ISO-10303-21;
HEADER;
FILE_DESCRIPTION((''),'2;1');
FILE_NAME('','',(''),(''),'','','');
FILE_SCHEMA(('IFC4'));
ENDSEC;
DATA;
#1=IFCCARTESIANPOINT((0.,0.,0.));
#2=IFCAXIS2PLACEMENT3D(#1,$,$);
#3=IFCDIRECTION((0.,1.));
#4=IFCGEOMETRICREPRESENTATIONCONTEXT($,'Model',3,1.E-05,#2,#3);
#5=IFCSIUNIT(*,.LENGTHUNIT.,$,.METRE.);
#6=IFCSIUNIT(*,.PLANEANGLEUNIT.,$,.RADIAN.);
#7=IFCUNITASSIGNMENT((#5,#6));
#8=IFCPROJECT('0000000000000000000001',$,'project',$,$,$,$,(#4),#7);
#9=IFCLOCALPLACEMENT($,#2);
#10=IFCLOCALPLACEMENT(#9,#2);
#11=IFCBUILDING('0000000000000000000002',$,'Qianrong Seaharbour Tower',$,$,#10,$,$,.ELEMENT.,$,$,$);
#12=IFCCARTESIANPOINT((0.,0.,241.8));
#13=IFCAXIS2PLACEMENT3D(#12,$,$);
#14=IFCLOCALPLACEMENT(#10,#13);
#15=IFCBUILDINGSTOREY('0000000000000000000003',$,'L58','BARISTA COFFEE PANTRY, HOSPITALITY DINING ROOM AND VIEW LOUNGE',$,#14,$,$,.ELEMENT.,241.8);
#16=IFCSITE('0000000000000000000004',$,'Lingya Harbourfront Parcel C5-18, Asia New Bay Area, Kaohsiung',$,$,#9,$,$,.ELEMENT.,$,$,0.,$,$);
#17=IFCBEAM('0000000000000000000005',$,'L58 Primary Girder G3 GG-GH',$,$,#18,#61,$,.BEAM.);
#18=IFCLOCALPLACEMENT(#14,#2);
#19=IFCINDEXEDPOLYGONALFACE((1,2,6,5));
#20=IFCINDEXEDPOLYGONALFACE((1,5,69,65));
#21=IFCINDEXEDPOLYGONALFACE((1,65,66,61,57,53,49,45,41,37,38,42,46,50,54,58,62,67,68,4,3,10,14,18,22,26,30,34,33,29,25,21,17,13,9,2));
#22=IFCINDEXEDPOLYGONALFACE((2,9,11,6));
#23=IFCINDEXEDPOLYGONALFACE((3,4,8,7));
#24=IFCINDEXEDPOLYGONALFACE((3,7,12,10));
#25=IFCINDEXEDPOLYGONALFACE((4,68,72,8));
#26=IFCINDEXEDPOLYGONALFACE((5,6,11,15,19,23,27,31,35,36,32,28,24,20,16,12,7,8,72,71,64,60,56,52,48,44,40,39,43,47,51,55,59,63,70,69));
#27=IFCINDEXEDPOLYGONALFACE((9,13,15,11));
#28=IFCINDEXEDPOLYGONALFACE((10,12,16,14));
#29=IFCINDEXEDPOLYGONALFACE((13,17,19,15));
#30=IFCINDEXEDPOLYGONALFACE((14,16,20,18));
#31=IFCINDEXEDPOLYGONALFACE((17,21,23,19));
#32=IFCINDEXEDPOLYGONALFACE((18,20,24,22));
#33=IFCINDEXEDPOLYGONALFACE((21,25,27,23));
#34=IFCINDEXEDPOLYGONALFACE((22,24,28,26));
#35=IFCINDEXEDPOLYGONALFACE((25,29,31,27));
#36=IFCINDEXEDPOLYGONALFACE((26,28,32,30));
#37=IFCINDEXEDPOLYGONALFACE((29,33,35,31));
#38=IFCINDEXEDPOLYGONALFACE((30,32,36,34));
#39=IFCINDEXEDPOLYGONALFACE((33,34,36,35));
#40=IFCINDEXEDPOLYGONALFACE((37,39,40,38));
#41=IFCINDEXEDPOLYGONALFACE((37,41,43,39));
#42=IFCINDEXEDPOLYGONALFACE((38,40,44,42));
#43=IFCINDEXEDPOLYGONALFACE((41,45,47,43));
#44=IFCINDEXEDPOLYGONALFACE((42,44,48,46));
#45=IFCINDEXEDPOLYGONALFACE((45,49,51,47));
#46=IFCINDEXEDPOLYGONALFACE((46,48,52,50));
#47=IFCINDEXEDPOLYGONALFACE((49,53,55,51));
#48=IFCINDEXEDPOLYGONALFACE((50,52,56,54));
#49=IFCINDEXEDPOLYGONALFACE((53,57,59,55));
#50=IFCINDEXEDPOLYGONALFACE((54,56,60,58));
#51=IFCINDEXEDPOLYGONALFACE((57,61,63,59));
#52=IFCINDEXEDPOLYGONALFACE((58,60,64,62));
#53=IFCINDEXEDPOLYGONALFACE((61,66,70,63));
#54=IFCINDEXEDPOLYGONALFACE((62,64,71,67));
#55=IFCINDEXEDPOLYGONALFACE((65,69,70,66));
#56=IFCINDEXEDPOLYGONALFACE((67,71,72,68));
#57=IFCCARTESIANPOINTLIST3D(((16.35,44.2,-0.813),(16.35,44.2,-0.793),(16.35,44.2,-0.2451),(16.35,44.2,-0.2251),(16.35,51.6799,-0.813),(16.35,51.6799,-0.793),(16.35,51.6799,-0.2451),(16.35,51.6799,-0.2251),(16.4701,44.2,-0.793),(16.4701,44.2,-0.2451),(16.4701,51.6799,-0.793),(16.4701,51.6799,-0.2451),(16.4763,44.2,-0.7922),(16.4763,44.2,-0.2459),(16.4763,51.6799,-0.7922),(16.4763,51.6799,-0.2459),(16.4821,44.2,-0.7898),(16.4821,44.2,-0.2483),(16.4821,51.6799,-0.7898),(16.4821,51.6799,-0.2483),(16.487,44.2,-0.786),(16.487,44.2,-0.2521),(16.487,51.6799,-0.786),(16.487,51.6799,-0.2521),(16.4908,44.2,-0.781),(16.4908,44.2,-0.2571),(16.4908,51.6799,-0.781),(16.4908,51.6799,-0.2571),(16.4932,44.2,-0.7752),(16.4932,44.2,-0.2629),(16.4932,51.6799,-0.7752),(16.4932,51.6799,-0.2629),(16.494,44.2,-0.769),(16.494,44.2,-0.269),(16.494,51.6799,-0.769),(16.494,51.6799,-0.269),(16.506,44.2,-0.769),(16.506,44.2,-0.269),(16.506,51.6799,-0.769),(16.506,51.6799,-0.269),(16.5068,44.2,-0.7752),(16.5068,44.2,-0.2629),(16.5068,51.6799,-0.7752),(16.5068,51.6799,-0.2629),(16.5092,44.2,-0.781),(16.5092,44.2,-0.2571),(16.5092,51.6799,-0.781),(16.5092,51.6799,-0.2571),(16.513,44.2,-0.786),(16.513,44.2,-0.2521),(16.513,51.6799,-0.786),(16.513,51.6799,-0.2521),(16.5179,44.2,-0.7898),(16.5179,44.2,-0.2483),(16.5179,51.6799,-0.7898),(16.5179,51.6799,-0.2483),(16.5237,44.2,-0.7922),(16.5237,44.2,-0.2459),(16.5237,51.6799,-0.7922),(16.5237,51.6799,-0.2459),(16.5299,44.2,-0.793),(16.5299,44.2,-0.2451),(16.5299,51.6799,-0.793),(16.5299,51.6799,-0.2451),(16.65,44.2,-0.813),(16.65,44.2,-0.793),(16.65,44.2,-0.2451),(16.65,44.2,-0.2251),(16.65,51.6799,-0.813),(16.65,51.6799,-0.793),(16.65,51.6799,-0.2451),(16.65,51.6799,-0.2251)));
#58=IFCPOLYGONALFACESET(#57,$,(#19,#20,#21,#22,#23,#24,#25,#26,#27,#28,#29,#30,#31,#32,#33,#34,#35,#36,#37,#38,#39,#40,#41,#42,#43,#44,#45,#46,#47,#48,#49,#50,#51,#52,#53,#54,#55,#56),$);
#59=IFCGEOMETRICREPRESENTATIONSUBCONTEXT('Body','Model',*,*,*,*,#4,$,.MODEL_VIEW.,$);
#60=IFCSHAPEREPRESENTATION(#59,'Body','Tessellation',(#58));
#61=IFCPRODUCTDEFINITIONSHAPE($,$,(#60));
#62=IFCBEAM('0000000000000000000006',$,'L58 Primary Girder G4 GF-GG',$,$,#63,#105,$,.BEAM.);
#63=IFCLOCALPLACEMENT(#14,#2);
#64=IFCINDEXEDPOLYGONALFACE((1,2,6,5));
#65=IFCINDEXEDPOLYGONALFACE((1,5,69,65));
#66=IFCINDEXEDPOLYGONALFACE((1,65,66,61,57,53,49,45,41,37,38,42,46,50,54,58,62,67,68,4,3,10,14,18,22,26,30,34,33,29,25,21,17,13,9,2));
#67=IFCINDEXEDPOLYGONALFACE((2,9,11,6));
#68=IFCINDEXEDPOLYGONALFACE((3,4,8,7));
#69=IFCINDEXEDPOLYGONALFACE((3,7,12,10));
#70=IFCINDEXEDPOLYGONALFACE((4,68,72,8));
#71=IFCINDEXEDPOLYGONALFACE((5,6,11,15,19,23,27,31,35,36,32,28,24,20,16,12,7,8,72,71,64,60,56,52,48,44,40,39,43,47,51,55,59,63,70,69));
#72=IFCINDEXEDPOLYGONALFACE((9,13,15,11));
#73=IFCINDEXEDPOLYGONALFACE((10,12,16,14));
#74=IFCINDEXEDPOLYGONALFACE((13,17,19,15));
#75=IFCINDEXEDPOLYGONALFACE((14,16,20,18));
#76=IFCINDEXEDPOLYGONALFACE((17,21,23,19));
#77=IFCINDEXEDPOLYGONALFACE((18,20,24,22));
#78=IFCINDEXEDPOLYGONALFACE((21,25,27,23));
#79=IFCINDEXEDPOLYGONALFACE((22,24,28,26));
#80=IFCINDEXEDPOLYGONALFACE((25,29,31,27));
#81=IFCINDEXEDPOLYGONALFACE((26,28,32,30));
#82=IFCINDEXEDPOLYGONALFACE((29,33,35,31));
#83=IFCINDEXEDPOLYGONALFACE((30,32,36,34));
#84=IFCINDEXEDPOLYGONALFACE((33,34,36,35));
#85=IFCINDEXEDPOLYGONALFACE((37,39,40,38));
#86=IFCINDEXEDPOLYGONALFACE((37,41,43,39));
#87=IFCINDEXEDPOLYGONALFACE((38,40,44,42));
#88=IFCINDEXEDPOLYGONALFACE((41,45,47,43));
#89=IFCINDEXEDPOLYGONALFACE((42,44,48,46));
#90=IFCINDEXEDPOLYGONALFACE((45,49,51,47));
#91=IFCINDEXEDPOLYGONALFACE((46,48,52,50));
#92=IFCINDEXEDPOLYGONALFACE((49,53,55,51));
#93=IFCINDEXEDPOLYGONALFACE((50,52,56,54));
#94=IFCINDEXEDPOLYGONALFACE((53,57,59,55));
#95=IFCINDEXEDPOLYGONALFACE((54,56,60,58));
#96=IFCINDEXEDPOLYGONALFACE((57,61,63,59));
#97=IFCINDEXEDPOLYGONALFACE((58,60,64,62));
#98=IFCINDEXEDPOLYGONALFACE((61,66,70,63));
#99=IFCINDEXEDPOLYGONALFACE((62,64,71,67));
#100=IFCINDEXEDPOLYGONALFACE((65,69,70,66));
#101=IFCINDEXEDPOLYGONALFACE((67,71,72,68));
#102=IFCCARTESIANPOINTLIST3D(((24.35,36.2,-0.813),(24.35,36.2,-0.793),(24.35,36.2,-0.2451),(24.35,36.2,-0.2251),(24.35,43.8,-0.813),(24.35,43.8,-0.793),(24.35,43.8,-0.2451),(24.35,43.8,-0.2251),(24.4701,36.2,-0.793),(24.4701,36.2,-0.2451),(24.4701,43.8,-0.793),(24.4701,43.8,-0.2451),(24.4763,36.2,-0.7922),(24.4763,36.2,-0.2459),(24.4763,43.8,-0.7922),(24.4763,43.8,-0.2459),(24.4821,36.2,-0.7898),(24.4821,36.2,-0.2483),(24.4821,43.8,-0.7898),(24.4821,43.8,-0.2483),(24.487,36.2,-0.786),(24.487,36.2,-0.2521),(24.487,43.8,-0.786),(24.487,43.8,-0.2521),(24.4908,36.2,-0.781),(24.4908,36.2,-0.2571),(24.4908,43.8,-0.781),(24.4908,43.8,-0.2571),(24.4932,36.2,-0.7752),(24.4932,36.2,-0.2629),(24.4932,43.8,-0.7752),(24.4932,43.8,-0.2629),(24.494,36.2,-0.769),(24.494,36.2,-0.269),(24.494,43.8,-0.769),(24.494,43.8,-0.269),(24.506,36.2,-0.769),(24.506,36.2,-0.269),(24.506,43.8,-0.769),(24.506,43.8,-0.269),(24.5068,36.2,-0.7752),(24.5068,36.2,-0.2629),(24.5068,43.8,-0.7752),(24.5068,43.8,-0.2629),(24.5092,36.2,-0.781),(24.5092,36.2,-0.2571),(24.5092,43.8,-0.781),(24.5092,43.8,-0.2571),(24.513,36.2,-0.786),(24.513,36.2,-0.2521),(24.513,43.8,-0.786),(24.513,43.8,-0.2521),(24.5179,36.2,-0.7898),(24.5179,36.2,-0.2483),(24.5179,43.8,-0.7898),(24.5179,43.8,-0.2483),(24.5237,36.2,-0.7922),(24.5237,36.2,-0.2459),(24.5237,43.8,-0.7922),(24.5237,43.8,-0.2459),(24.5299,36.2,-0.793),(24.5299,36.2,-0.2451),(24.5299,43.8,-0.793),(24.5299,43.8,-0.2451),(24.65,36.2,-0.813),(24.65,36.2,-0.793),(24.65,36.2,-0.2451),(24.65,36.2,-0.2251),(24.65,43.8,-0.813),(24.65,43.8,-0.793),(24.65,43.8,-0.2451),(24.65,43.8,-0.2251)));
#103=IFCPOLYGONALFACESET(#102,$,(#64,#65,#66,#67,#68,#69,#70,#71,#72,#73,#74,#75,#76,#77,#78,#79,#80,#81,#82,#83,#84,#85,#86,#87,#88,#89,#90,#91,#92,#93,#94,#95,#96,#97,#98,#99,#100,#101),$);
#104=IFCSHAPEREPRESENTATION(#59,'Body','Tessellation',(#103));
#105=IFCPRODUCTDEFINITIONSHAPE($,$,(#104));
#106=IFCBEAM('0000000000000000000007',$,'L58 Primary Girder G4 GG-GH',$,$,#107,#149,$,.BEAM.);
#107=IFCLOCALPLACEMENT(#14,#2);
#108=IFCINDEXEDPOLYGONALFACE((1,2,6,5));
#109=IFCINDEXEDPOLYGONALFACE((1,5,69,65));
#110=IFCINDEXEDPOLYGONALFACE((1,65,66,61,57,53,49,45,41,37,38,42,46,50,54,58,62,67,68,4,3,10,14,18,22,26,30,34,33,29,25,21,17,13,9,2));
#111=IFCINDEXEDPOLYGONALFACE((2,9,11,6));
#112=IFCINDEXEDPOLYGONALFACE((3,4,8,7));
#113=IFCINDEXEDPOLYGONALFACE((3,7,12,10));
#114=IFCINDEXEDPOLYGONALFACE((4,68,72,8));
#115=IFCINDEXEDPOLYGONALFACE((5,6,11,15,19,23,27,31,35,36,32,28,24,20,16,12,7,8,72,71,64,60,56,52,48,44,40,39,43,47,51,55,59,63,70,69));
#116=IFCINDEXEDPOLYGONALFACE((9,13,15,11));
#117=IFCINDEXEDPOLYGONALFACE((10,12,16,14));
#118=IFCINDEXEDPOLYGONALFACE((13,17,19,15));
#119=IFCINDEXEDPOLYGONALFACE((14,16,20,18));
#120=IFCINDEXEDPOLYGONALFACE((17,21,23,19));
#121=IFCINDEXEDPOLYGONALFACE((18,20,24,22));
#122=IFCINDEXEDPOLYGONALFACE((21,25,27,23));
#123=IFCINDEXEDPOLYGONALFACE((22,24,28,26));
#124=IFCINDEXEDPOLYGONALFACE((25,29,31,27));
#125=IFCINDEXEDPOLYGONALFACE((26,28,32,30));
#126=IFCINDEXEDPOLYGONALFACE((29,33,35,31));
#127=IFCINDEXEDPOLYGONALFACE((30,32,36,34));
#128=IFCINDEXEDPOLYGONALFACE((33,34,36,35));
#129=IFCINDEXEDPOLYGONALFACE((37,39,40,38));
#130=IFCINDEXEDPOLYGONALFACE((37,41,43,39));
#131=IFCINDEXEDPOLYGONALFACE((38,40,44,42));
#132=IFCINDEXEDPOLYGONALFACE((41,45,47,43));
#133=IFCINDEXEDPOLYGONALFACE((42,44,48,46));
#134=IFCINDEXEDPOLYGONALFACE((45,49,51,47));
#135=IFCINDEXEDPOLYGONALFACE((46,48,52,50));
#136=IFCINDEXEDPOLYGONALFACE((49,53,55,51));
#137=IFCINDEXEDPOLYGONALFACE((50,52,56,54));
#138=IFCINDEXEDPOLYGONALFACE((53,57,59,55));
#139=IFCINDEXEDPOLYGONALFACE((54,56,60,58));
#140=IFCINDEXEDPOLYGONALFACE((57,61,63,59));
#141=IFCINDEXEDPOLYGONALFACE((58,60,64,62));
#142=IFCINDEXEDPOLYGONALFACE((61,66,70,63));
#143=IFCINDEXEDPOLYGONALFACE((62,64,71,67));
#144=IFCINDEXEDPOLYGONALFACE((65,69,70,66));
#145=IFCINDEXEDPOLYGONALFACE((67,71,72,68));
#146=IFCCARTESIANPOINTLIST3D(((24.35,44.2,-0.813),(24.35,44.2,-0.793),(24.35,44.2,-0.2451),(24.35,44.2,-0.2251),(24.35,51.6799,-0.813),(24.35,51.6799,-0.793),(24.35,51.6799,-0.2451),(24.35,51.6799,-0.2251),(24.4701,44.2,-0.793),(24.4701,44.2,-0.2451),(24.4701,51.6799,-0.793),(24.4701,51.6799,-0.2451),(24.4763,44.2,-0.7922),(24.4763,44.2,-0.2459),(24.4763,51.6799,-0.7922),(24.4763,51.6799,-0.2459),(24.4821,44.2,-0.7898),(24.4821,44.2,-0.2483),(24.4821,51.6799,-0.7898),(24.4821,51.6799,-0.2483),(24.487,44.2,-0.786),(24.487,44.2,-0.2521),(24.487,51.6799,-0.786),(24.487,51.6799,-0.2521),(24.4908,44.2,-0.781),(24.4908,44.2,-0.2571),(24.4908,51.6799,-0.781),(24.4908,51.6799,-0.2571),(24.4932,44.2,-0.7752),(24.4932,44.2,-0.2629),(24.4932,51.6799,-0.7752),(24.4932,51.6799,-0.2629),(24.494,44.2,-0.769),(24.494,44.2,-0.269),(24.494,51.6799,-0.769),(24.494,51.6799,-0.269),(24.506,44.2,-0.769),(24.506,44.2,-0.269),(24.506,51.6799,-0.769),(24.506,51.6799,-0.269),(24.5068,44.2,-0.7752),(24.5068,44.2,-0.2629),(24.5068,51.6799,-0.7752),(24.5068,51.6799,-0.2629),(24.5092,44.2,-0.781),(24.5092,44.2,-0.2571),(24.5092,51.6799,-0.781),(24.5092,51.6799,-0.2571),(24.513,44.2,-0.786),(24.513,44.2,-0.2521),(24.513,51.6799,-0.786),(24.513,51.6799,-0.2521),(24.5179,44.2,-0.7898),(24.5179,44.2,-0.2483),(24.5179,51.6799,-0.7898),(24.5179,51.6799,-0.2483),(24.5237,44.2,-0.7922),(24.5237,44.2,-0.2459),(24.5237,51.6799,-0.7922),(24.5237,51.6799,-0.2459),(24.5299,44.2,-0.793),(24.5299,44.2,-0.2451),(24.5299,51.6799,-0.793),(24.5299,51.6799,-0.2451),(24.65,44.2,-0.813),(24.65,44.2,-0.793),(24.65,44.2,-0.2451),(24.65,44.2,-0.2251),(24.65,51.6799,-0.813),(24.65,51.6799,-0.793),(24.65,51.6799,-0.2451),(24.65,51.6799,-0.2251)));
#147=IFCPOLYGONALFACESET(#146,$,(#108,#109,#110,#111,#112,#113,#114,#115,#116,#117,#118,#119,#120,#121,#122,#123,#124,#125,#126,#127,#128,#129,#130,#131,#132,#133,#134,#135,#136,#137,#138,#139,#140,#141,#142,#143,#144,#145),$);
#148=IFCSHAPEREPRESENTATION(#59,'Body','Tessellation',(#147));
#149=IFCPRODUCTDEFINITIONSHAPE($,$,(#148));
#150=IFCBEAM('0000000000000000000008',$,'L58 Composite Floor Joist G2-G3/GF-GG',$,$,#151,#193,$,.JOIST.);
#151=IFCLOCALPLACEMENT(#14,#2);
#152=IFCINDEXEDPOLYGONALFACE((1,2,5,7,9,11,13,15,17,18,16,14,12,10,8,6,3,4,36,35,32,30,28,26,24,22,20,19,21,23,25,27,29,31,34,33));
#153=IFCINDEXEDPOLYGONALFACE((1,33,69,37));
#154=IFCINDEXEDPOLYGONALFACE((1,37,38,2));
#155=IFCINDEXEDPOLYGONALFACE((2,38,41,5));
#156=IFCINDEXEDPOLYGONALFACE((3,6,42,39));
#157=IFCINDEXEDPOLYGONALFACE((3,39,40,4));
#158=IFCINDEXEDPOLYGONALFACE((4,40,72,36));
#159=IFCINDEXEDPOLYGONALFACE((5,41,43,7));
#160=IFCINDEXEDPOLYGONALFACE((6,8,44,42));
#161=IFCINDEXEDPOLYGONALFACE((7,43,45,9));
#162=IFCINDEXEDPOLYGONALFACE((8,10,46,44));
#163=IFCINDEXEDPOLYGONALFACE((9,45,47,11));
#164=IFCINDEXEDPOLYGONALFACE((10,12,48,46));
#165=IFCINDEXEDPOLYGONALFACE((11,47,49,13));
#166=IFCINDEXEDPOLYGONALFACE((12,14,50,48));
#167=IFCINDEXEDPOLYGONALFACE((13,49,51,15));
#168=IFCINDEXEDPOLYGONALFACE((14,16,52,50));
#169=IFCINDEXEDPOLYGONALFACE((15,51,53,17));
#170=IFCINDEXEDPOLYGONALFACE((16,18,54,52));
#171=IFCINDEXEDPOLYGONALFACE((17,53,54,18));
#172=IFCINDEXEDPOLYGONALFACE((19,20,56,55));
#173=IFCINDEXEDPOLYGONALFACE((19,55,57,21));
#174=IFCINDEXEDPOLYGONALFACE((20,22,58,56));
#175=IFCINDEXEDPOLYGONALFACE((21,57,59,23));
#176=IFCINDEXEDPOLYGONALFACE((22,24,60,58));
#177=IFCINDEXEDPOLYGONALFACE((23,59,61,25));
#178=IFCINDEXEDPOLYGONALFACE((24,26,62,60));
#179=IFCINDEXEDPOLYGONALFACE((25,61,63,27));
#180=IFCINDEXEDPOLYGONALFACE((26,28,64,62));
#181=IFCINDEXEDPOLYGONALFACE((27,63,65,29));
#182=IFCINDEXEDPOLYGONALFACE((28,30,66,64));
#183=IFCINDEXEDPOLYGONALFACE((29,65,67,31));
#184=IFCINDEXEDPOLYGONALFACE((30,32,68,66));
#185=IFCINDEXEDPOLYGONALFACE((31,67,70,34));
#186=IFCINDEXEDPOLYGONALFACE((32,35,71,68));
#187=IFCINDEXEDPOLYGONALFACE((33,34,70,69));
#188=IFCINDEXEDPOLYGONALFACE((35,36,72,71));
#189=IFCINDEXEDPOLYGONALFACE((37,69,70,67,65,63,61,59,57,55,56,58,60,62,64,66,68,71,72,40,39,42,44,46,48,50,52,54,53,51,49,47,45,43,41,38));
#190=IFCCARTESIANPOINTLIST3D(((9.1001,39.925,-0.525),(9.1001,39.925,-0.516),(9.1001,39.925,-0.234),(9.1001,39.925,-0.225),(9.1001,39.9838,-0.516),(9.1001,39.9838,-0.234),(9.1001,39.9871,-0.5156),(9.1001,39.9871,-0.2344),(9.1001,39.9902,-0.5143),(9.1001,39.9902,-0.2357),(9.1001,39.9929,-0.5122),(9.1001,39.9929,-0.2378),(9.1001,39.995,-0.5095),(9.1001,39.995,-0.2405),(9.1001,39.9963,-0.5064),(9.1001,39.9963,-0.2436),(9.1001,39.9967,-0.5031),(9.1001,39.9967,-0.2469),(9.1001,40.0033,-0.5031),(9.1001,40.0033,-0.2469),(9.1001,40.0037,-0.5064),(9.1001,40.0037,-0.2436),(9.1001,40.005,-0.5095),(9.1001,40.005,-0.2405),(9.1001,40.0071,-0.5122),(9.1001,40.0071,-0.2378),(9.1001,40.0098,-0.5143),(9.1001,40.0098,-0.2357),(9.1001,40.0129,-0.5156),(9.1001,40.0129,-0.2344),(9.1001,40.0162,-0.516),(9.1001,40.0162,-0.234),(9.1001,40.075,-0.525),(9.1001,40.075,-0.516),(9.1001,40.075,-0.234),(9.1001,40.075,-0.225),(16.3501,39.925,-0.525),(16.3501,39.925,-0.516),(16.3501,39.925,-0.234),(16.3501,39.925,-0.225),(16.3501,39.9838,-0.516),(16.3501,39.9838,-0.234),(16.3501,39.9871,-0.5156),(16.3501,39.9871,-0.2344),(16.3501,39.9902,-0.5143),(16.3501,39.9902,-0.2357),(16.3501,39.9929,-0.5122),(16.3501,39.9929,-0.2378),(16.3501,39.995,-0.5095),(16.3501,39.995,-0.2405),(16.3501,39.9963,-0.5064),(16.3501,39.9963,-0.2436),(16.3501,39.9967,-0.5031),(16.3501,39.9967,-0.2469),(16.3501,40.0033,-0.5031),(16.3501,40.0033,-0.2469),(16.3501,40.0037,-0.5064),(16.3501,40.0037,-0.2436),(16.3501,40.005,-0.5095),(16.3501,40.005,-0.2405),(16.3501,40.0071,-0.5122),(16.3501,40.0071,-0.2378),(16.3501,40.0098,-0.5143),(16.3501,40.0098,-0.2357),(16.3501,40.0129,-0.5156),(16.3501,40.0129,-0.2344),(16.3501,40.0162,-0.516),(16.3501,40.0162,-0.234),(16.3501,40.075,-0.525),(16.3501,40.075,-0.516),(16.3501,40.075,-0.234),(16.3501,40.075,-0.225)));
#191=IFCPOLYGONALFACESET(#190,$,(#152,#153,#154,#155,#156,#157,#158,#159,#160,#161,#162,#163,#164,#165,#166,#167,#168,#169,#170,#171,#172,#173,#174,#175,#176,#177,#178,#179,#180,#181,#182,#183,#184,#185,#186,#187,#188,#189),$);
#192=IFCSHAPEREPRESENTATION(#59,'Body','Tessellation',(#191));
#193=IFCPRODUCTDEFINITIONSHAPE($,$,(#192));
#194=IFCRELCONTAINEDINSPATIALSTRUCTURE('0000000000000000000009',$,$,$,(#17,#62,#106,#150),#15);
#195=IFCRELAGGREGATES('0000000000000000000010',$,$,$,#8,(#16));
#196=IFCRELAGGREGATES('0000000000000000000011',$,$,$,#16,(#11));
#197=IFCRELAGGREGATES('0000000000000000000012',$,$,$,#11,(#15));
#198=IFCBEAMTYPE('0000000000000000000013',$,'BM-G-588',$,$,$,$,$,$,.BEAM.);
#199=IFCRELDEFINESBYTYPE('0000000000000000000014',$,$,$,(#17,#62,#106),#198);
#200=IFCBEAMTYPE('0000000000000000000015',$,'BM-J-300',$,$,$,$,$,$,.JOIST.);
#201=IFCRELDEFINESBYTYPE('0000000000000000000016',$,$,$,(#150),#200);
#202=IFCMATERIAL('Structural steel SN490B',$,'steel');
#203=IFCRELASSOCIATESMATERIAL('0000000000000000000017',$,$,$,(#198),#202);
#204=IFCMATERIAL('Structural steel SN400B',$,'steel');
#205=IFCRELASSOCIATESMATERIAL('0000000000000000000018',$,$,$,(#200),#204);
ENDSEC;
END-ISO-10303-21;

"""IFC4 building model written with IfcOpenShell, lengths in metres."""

from ifc_helpers import new_model, si_unit, direction, frame, origin, origin_2d, place, context, subcontext, project, spatial, i_section, extrude, material, material_profile, profile_set, type_object, element, save


model = new_model("IFC4")

# Units and contexts
model_context = context("Model", 3, precision=1e-05, world=origin(), true_north=direction((0.0, 1.0)))
body_context = subcontext(model_context, "Body", "Model", "MODEL_VIEW")
ifc_project = project(units=[si_unit("LENGTHUNIT", "METRE"), si_unit("PLANEANGLEUNIT", "RADIAN")], contexts=[model_context])

# Site, building, storey
site_placement = place(None, origin())
site = spatial("IfcSite", under=ifc_project, at=site_placement, Name="Lingya Harbourfront Parcel C5-18, Asia New Bay Area, Kaohsiung", CompositionType="ELEMENT", RefElevation=0.0)
building_placement = place(site_placement, origin())
building = spatial("IfcBuilding", under=site, at=building_placement, Name="Qianrong Seaharbour Tower", CompositionType="ELEMENT")
storey_placement = place(building_placement, frame((0.0, 0.0, 241.8)))
storey = spatial("IfcBuildingStorey", under=building, at=storey_placement, Name="L58", Description="BARISTA COFFEE PANTRY, HOSPITALITY DINING ROOM AND VIEW LOUNGE", CompositionType="ELEMENT", Elevation=241.8)

# Shared definitions
ifc_material_1 = material(Name="Structural steel SN490B", Category="steel")

# Beams
ifc_material_profile_1 = material_profile(ifc_material_1, i_section(OverallWidth=0.3, OverallDepth=0.5879, WebThickness=0.012, FlangeThickness=0.02, FilletRadius=0.0239, at=origin_2d()), Name="H588x300x12x20")
ifc_profile_set_1 = profile_set([ifc_material_profile_1], Name="Structural steel SN490B")
beam_type_1 = type_object("IfcBeamType", Name="BM-G-588", PredefinedType="BEAM", material=ifc_profile_set_1)
beam_1_placement = place(storey_placement, frame((16.5, 44.2, -0.519), z_axis=(0.0, 1.0, 0.0), x_axis=(-1.0, 0.0, 0.0)))
element("IfcBeam", 1, at=beam_1_placement, inside=storey, type_object=beam_type_1, Name="L58 Primary Girder G3 GG-GH", PredefinedType="BEAM", context=body_context, shape_type="SweptSolid", body=[
    extrude(i_section(OverallWidth=0.3, OverallDepth=0.5879, WebThickness=0.012, FlangeThickness=0.02, FilletRadius=0.0239, at=origin_2d()), origin(), (0.0, 0.0, 1.0), 7.48),
])
beam_2_placement = place(storey_placement, frame((24.5, 36.2, -0.519), z_axis=(0.0, 1.0, 0.0), x_axis=(-1.0, 0.0, 0.0)))
element("IfcBeam", 2, at=beam_2_placement, inside=storey, type_object=beam_type_1, Name="L58 Primary Girder G4 GF-GG", PredefinedType="BEAM", context=body_context, shape_type="SweptSolid", body=[
    extrude(i_section(OverallWidth=0.3, OverallDepth=0.5879, WebThickness=0.012, FlangeThickness=0.02, FilletRadius=0.0239, at=origin_2d()), origin(), (0.0, 0.0, 1.0), 7.6001),
])
beam_3_placement = place(storey_placement, frame((24.5, 44.2, -0.519), z_axis=(0.0, 1.0, 0.0), x_axis=(-1.0, 0.0, 0.0)))
element("IfcBeam", 3, at=beam_3_placement, inside=storey, type_object=beam_type_1, Name="L58 Primary Girder G4 GG-GH", PredefinedType="BEAM", context=body_context, shape_type="SweptSolid", body=[
    extrude(i_section(OverallWidth=0.3, OverallDepth=0.5879, WebThickness=0.012, FlangeThickness=0.02, FilletRadius=0.0239, at=origin_2d()), origin(), (0.0, 0.0, 1.0), 7.48),
])
ifc_material_2 = material(Name="Structural steel SN400B", Category="steel")
ifc_material_profile_2 = material_profile(ifc_material_2, i_section(OverallWidth=0.1499, OverallDepth=0.3, WebThickness=0.0066, FlangeThickness=0.009, FilletRadius=0.0129, at=origin_2d()), Name="H300x150x6.5x9")
ifc_profile_set_2 = profile_set([ifc_material_profile_2], Name="Structural steel SN400B")
beam_type_2 = type_object("IfcBeamType", Name="BM-J-300", PredefinedType="JOIST", material=ifc_profile_set_2)
beam_4_placement = place(storey_placement, frame((9.1001, 40.0, -0.375), z_axis=(1.0, 0.0, 0.0), x_axis=(0.0, 1.0, 0.0)))
element("IfcBeam", 4, at=beam_4_placement, inside=storey, type_object=beam_type_2, Name="L58 Composite Floor Joist G2-G3/GF-GG", PredefinedType="JOIST", context=body_context, shape_type="SweptSolid", body=[
    extrude(i_section(OverallWidth=0.1499, OverallDepth=0.3, WebThickness=0.0066, FlangeThickness=0.009, FilletRadius=0.0129, at=origin_2d()), origin(), (0.0, 0.0, 1.0), 7.25),
])

save(model, "model.ifc")
